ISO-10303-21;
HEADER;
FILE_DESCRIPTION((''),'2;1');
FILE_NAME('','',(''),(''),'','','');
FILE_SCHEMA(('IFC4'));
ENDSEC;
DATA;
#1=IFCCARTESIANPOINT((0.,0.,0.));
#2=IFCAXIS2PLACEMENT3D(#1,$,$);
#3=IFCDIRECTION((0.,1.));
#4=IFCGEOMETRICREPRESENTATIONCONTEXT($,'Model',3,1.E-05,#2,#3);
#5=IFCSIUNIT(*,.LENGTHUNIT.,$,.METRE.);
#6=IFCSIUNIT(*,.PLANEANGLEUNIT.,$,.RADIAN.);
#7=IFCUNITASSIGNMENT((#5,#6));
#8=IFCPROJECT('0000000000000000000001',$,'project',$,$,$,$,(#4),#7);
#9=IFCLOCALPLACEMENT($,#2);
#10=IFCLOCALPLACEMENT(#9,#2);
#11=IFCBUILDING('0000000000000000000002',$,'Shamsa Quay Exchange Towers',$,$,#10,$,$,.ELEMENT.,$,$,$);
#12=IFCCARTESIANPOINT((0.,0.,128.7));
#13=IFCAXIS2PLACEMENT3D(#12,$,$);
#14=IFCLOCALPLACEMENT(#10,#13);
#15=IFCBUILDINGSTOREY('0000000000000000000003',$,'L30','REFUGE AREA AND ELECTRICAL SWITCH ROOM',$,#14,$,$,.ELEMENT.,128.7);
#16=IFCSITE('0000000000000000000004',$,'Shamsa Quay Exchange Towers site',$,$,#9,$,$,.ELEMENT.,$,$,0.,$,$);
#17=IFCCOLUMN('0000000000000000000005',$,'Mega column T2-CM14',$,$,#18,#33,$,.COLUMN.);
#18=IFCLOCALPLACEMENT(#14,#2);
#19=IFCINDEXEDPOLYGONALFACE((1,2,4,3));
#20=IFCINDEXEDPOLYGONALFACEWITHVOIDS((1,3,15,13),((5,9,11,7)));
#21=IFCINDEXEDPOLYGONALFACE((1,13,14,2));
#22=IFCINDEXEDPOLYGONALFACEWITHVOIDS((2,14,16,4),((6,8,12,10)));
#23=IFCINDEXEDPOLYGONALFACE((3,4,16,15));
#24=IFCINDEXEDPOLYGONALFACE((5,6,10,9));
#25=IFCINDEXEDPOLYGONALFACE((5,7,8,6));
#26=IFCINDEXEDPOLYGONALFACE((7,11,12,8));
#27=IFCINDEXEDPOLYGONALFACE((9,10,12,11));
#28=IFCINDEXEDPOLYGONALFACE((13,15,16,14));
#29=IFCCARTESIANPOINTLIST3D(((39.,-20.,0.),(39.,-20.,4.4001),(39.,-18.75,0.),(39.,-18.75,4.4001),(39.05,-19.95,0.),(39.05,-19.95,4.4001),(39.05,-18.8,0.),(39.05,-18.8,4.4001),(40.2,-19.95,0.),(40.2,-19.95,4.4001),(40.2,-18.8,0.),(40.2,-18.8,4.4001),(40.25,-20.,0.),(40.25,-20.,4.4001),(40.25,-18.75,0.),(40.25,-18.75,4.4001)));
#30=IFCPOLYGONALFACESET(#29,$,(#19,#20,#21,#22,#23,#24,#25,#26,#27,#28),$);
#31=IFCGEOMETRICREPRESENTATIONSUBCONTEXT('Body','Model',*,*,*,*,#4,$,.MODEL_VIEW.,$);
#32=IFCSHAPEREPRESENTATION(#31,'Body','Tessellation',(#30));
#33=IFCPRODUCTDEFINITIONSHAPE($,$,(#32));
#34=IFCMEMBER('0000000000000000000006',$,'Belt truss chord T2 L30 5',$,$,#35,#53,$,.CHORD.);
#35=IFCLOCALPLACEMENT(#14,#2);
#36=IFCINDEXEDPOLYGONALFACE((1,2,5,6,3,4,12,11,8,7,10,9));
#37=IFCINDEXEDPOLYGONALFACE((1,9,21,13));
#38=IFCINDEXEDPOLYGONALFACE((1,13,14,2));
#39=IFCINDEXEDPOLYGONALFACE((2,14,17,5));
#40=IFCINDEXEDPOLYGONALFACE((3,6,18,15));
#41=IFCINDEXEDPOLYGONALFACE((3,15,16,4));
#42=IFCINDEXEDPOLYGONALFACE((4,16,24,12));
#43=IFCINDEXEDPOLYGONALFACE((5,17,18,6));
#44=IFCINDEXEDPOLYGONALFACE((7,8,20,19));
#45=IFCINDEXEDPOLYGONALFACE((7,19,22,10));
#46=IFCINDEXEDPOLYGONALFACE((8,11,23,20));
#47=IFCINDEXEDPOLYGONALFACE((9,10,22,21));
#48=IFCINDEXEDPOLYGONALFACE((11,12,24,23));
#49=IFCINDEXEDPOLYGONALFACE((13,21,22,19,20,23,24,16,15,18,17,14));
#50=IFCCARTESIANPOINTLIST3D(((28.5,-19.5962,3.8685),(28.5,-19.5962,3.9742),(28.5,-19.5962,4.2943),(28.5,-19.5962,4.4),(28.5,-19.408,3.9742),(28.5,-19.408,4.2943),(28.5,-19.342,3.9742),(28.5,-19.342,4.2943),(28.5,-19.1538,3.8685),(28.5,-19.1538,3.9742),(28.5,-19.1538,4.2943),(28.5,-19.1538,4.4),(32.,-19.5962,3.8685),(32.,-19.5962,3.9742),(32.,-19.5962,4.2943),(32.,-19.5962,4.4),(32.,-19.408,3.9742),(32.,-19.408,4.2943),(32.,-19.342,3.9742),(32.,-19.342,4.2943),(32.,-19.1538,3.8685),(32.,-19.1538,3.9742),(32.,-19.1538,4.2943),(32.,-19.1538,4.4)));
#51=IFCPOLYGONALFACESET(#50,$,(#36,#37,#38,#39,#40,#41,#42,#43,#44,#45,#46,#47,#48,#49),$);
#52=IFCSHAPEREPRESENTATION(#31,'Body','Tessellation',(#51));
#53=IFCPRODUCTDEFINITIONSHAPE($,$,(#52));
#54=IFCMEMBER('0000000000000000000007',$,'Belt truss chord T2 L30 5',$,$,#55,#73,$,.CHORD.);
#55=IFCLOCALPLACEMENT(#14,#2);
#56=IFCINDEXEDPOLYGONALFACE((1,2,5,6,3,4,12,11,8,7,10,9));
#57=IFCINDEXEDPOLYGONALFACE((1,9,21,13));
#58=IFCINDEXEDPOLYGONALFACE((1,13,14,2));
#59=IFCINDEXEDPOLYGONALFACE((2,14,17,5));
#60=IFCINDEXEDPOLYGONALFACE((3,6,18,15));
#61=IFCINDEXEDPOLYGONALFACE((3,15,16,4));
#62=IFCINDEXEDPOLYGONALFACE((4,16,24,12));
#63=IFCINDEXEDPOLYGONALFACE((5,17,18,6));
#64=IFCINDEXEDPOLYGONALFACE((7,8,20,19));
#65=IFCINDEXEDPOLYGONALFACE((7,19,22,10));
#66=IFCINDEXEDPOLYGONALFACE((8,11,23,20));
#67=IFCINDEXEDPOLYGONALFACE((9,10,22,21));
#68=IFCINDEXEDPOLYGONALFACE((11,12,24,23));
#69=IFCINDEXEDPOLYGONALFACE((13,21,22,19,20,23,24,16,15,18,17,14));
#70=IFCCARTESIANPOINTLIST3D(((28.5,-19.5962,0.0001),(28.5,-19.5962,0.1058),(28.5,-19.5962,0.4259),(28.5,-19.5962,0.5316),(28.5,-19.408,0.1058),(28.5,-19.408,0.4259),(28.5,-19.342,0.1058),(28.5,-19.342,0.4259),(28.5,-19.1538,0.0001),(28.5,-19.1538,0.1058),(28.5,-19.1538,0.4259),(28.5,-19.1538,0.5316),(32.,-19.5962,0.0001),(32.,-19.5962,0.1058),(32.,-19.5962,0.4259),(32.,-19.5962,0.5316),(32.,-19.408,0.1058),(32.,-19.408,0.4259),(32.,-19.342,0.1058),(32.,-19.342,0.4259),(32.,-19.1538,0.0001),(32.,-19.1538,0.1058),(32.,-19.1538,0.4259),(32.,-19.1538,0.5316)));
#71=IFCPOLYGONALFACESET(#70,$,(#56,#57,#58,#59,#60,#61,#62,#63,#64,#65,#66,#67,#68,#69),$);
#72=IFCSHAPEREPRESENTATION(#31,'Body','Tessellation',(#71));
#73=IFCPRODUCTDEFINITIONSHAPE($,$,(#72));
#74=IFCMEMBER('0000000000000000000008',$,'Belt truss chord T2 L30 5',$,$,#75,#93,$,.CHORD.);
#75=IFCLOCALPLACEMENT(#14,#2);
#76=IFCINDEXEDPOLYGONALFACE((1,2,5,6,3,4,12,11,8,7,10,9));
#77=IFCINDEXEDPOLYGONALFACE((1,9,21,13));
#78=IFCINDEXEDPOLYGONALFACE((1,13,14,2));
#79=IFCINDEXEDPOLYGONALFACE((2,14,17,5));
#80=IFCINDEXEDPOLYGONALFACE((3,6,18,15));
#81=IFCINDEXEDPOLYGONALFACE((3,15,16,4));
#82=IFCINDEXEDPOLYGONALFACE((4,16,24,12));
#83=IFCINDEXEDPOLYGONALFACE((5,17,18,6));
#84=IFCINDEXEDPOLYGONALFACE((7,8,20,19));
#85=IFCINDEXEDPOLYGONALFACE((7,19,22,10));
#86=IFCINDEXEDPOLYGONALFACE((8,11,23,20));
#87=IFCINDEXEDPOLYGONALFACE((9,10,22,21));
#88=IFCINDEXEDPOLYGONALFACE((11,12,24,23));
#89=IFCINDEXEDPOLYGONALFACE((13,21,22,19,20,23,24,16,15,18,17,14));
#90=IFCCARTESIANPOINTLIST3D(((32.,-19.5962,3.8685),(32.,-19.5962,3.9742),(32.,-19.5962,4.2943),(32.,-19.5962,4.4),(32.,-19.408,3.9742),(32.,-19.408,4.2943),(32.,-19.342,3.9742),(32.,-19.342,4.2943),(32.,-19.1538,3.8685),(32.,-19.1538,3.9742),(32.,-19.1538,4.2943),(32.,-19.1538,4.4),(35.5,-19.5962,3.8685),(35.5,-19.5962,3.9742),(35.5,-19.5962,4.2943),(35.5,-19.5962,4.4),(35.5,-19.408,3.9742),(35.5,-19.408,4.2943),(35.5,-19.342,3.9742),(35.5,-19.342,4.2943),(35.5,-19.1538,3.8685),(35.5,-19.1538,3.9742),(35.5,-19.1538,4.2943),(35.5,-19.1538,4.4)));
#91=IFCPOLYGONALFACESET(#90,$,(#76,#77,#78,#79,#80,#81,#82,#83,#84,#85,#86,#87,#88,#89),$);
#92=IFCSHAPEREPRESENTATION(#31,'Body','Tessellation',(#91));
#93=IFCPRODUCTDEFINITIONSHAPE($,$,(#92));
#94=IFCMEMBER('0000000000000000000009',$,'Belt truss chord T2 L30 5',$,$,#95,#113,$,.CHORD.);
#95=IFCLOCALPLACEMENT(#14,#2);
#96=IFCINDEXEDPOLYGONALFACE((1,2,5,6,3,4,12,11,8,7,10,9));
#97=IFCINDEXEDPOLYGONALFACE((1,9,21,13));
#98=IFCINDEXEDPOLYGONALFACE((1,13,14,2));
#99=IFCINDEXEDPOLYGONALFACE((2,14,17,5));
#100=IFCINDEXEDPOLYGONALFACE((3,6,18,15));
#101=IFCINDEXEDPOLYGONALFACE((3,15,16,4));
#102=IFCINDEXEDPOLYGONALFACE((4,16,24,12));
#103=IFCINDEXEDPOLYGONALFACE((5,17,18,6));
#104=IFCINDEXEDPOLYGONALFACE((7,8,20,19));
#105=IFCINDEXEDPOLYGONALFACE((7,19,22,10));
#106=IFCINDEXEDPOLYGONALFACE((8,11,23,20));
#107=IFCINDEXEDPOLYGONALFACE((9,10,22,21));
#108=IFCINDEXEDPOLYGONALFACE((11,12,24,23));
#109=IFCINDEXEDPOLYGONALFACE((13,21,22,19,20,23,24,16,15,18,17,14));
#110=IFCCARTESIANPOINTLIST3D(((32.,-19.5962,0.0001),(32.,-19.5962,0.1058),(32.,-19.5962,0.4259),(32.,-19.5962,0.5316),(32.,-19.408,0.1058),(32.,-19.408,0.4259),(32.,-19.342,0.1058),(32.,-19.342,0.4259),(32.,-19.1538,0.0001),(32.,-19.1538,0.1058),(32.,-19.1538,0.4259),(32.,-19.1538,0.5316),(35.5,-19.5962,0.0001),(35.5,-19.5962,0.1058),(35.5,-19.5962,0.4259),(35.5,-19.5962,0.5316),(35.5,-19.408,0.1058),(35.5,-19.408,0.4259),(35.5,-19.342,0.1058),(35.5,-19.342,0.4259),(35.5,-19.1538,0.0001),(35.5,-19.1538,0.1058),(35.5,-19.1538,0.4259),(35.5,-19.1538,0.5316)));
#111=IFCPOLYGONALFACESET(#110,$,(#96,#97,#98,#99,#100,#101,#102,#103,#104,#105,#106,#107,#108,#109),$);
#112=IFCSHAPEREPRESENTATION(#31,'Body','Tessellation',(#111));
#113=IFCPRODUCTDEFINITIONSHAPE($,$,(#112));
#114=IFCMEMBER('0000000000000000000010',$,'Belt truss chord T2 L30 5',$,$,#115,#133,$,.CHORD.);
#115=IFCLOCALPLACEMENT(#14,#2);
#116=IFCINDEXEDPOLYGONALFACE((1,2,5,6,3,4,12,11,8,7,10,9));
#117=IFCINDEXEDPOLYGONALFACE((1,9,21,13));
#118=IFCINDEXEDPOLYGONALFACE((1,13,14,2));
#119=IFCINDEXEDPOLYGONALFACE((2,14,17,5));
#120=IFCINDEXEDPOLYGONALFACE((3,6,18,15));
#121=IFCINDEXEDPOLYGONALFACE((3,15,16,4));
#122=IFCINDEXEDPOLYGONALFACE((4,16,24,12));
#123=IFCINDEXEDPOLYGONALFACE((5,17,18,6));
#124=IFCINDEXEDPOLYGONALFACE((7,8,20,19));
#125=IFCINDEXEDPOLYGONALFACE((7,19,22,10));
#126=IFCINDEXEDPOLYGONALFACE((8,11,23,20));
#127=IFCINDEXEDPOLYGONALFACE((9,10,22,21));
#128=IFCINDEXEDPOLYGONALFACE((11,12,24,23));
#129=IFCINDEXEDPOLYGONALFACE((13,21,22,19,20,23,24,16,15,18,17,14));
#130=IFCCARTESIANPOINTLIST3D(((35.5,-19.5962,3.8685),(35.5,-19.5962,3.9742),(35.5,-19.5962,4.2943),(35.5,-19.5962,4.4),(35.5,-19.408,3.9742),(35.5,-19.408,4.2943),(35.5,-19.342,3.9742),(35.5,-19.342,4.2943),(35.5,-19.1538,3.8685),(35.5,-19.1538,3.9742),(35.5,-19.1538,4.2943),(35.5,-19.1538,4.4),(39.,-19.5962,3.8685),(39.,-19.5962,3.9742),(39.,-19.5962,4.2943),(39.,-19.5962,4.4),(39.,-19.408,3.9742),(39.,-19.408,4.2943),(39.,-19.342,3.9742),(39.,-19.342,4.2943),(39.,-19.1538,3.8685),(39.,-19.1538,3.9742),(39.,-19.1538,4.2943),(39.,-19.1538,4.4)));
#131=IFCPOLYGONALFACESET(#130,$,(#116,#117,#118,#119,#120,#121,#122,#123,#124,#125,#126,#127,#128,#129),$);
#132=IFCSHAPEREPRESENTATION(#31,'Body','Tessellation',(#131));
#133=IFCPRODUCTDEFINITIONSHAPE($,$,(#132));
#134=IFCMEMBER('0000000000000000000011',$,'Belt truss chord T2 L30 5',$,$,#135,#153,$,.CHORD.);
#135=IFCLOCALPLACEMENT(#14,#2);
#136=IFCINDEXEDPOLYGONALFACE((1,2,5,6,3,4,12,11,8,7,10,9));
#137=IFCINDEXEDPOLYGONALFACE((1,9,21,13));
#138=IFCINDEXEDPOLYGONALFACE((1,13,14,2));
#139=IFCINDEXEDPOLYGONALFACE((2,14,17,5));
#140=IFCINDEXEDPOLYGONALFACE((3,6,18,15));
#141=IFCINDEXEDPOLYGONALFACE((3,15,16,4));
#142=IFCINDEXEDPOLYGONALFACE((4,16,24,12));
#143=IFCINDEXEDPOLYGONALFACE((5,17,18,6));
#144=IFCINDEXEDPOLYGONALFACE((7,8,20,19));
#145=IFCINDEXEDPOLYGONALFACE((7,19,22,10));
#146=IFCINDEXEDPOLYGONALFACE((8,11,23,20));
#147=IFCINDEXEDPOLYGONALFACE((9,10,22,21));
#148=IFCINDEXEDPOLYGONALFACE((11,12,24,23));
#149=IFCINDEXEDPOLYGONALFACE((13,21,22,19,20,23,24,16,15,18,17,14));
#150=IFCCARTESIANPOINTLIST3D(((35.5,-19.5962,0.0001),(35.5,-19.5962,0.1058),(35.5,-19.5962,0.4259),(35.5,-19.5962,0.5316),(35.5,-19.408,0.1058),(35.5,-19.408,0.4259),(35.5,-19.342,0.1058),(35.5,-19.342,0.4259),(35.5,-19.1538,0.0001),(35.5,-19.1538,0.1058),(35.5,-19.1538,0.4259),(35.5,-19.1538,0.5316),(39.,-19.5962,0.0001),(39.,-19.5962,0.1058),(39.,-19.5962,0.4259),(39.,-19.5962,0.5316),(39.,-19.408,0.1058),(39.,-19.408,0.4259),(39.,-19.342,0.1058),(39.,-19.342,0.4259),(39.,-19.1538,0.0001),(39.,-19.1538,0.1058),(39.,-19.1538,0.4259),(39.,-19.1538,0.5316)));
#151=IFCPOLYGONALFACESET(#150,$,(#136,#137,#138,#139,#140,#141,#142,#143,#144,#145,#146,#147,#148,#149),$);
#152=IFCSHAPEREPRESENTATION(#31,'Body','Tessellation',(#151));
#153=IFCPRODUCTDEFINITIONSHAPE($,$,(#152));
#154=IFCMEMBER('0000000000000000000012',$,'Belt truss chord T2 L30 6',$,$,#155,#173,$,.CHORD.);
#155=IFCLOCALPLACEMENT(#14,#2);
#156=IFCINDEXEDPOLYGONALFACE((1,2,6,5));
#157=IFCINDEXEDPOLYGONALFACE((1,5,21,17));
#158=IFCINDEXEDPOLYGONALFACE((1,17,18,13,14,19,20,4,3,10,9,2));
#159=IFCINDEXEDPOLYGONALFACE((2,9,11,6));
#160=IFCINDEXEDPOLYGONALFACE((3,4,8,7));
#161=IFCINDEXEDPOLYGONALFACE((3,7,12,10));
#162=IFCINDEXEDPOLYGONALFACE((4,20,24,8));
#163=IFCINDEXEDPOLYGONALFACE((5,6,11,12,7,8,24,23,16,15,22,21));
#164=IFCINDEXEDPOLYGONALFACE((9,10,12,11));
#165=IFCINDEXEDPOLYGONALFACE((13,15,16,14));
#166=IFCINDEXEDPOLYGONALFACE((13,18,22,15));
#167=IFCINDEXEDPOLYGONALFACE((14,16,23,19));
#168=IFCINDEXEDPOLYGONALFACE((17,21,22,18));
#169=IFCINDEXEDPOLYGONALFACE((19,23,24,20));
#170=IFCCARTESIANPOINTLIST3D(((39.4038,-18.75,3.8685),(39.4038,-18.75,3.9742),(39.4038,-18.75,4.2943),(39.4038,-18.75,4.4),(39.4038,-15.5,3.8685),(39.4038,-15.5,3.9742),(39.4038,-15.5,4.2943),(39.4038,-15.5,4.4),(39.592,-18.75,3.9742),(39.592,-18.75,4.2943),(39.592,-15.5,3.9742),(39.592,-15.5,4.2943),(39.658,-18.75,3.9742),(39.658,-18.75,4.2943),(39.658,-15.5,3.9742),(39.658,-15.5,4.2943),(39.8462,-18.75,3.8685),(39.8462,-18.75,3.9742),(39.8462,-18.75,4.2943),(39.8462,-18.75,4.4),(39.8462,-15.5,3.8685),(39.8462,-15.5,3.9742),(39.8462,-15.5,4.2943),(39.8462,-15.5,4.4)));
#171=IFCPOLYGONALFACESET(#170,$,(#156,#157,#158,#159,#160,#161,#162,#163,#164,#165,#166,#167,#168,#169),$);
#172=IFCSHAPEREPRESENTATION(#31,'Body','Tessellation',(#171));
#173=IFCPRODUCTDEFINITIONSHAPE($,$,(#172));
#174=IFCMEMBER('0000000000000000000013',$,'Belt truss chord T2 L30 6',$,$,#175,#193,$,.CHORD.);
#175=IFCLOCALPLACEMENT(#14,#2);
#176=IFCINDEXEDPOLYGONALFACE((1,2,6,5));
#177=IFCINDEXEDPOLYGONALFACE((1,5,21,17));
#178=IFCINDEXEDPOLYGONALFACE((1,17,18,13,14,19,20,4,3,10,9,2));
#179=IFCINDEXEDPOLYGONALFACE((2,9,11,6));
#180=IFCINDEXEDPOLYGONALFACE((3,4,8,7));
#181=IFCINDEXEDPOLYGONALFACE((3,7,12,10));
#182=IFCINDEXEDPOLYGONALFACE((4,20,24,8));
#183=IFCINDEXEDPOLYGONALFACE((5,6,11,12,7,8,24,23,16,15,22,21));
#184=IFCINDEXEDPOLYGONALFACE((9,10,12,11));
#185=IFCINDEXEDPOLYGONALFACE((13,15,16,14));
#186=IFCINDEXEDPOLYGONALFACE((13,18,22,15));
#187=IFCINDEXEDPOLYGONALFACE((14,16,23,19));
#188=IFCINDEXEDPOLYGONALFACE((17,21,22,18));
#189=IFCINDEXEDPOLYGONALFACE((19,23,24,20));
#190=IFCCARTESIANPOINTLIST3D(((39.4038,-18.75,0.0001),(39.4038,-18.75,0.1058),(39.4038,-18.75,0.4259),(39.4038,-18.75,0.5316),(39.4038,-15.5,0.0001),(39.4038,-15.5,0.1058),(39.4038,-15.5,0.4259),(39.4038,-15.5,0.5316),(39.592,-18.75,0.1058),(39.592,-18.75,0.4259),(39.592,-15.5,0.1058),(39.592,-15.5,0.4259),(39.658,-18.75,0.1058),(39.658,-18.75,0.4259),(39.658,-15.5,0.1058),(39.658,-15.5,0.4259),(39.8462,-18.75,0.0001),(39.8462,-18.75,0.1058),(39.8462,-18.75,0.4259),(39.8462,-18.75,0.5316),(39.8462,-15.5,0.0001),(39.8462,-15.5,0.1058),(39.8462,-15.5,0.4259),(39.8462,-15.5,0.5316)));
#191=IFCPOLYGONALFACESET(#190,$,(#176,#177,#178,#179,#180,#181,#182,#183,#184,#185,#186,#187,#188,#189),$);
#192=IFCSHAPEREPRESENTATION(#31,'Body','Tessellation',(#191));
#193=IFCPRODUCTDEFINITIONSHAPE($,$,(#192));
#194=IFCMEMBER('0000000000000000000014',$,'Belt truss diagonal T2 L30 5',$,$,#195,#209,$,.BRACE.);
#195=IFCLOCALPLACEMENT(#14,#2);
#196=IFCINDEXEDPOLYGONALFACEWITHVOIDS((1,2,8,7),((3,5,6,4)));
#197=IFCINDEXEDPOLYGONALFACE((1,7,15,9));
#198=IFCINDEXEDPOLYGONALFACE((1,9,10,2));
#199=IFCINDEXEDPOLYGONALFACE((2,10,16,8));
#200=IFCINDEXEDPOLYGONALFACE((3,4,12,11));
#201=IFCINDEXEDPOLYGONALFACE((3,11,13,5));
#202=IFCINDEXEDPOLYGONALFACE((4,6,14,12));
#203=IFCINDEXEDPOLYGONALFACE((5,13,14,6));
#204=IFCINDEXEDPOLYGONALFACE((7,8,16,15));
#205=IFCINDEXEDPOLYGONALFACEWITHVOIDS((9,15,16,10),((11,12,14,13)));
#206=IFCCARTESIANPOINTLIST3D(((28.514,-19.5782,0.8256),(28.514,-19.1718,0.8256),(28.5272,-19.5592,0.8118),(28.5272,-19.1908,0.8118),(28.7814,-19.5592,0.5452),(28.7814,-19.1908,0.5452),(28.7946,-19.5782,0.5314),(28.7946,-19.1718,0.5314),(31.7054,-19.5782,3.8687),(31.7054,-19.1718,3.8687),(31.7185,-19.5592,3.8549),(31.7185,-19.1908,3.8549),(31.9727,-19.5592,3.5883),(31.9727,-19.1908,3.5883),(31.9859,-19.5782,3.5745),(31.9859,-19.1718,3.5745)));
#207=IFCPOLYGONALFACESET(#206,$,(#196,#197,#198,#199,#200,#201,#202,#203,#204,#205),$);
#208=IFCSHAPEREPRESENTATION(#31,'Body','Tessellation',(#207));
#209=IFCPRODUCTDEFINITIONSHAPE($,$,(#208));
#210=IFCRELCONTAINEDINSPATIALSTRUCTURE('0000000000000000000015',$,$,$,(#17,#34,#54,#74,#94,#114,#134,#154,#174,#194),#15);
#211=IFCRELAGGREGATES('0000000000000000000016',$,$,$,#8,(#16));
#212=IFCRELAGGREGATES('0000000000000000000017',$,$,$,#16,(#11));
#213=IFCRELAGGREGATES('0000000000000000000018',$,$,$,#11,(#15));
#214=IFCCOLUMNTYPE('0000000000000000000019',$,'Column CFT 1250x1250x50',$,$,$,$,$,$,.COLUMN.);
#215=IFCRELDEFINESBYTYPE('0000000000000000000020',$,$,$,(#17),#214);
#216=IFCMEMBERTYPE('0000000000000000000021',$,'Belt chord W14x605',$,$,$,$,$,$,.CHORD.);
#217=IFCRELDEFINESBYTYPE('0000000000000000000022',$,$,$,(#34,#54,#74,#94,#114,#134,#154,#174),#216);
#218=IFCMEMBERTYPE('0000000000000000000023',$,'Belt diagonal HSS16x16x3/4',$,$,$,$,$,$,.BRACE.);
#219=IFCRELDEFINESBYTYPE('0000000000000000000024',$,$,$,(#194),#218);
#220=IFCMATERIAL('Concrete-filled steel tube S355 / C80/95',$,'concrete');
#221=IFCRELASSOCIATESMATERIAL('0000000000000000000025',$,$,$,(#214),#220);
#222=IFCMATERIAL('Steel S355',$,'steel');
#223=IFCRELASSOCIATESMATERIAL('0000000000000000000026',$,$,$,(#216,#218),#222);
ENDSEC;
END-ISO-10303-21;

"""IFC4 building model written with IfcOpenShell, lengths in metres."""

from ifc_helpers import new_model, si_unit, direction, frame, origin, origin_2d, place, context, subcontext, project, spatial, hollow_rectangle, i_section, extrude, material, material_profile, profile_set, type_object, element, save


model = new_model("IFC4")

# Units and contexts
model_context = context("Model", 3, precision=1e-05, world=origin(), true_north=direction((0.0, 1.0)))
body_context = subcontext(model_context, "Body", "Model", "MODEL_VIEW")
ifc_project = project(units=[si_unit("LENGTHUNIT", "METRE"), si_unit("PLANEANGLEUNIT", "RADIAN")], contexts=[model_context])

# Site, building, storey
site_placement = place(None, origin())
site = spatial("IfcSite", under=ifc_project, at=site_placement, Name="Shamsa Quay Exchange Towers site", CompositionType="ELEMENT", RefElevation=0.0)
building_placement = place(site_placement, origin())
building = spatial("IfcBuilding", under=site, at=building_placement, Name="Shamsa Quay Exchange Towers", CompositionType="ELEMENT")
storey_placement = place(building_placement, frame((0.0, 0.0, 128.7)))
storey = spatial("IfcBuildingStorey", under=building, at=storey_placement, Name="L30", Description="REFUGE AREA AND ELECTRICAL SWITCH ROOM", CompositionType="ELEMENT", Elevation=128.7)

# Column
ifc_material_1 = material(Name="Concrete-filled steel tube S355 / C80/95", Category="concrete")
ifc_material_profile_1 = material_profile(ifc_material_1, hollow_rectangle(XDim=1.25, YDim=1.25, WallThickness=0.05, at=origin_2d()), Name="CFT 1250x1250x50")
ifc_profile_set_1 = profile_set([ifc_material_profile_1], Name="Concrete-filled steel tube S355 / C80/95")
column_type = type_object("IfcColumnType", Name="Column CFT 1250x1250x50", PredefinedType="COLUMN", material=ifc_profile_set_1)
column_placement = place(storey_placement, frame((39.625, -19.375, 0.0)))
element("IfcColumn", 1, at=column_placement, inside=storey, type_object=column_type, Name="Mega column T2-CM14", PredefinedType="COLUMN", context=body_context, shape_type="SweptSolid", body=[
    extrude(hollow_rectangle(XDim=1.25, YDim=1.25, WallThickness=0.05, at=origin_2d()), origin(), (0.0, 0.0, 1.0), 4.4001),
])

# Members
ifc_material_2 = material(Name="Steel S355", Category="steel")
ifc_material_profile_2 = material_profile(ifc_material_2, i_section(OverallWidth=0.4424, OverallDepth=0.5315, WebThickness=0.0659, FlangeThickness=0.1057, at=origin_2d()), Name="W14x605")
ifc_profile_set_2 = profile_set([ifc_material_profile_2], Name="Steel S355")
member_type_1 = type_object("IfcMemberType", Name="Belt chord W14x605", PredefinedType="CHORD", material=ifc_profile_set_2)
for number, where, z_axis, x_axis, name in (
    (2, (28.5, -19.375, 4.1343), (1.0, 0.0, 0.0), (0.0, 1.0, 0.0), "Belt truss chord T2 L30 5"),
    (3, (28.5, -19.375, 0.2659), (1.0, 0.0, 0.0), (0.0, 1.0, 0.0), "Belt truss chord T2 L30 5"),
    (4, (32.0, -19.375, 4.1343), (1.0, 0.0, 0.0), (0.0, 1.0, 0.0), "Belt truss chord T2 L30 5"),
    (5, (32.0, -19.375, 0.2659), (1.0, 0.0, 0.0), (0.0, 1.0, 0.0), "Belt truss chord T2 L30 5"),
    (6, (35.5, -19.375, 4.1343), (1.0, 0.0, 0.0), (0.0, 1.0, 0.0), "Belt truss chord T2 L30 5"),
    (7, (35.5, -19.375, 0.2659), (1.0, 0.0, 0.0), (0.0, 1.0, 0.0), "Belt truss chord T2 L30 5"),
):
    element("IfcMember", number, at=place(storey_placement, frame(where, z_axis=z_axis, x_axis=x_axis)), inside=storey, type_object=member_type_1, Name=name, PredefinedType="CHORD", context=body_context, shape_type="SweptSolid", body=[
        extrude(i_section(OverallWidth=0.4424, OverallDepth=0.5315, WebThickness=0.0659, FlangeThickness=0.1057, at=origin_2d()), origin(), (0.0, 0.0, 1.0), 3.5),
    ])
for number, where, z_axis, x_axis, name in (
    (8, (39.625, -18.75, 4.1343), (0.0, 1.0, 0.0), (-1.0, 0.0, 0.0), "Belt truss chord T2 L30 6"),
    (9, (39.625, -18.75, 0.2659), (0.0, 1.0, 0.0), (-1.0, 0.0, 0.0), "Belt truss chord T2 L30 6"),
):
    element("IfcMember", number, at=place(storey_placement, frame(where, z_axis=z_axis, x_axis=x_axis)), inside=storey, type_object=member_type_1, Name=name, PredefinedType="CHORD", context=body_context, shape_type="SweptSolid", body=[
        extrude(i_section(OverallWidth=0.4424, OverallDepth=0.5315, WebThickness=0.0659, FlangeThickness=0.1057, at=origin_2d()), origin(), (0.0, 0.0, 1.0), 3.25),
    ])
ifc_material_profile_3 = material_profile(ifc_material_2, hollow_rectangle(XDim=0.4065, YDim=0.4065, WallThickness=0.019, at=origin_2d()), Name="HSS16x16x3/4")
ifc_profile_set_3 = profile_set([ifc_material_profile_3], Name="Steel S355")
member_type_2 = type_object("IfcMemberType", Name="Belt diagonal HSS16x16x3/4", PredefinedType="BRACE", material=ifc_profile_set_3)
for number, where, z_axis, x_axis, name in (
    (10, (28.6543, -19.375, 0.6785), (0.72371, 0.0, 0.690104), (0.0, 1.0, 0.0), "Belt truss diagonal T2 L30 5"),
):
    element("IfcMember", number, at=place(storey_placement, frame(where, z_axis=z_axis, x_axis=x_axis)), inside=storey, type_object=member_type_2, Name=name, PredefinedType="BRACE", context=body_context, shape_type="SweptSolid", body=[
        extrude(hollow_rectangle(XDim=0.4065, YDim=0.4065, WallThickness=0.019, at=origin_2d()), origin(), (0.0, 0.0, 1.0), 4.4097),
    ])

save(model, "model.ifc")
